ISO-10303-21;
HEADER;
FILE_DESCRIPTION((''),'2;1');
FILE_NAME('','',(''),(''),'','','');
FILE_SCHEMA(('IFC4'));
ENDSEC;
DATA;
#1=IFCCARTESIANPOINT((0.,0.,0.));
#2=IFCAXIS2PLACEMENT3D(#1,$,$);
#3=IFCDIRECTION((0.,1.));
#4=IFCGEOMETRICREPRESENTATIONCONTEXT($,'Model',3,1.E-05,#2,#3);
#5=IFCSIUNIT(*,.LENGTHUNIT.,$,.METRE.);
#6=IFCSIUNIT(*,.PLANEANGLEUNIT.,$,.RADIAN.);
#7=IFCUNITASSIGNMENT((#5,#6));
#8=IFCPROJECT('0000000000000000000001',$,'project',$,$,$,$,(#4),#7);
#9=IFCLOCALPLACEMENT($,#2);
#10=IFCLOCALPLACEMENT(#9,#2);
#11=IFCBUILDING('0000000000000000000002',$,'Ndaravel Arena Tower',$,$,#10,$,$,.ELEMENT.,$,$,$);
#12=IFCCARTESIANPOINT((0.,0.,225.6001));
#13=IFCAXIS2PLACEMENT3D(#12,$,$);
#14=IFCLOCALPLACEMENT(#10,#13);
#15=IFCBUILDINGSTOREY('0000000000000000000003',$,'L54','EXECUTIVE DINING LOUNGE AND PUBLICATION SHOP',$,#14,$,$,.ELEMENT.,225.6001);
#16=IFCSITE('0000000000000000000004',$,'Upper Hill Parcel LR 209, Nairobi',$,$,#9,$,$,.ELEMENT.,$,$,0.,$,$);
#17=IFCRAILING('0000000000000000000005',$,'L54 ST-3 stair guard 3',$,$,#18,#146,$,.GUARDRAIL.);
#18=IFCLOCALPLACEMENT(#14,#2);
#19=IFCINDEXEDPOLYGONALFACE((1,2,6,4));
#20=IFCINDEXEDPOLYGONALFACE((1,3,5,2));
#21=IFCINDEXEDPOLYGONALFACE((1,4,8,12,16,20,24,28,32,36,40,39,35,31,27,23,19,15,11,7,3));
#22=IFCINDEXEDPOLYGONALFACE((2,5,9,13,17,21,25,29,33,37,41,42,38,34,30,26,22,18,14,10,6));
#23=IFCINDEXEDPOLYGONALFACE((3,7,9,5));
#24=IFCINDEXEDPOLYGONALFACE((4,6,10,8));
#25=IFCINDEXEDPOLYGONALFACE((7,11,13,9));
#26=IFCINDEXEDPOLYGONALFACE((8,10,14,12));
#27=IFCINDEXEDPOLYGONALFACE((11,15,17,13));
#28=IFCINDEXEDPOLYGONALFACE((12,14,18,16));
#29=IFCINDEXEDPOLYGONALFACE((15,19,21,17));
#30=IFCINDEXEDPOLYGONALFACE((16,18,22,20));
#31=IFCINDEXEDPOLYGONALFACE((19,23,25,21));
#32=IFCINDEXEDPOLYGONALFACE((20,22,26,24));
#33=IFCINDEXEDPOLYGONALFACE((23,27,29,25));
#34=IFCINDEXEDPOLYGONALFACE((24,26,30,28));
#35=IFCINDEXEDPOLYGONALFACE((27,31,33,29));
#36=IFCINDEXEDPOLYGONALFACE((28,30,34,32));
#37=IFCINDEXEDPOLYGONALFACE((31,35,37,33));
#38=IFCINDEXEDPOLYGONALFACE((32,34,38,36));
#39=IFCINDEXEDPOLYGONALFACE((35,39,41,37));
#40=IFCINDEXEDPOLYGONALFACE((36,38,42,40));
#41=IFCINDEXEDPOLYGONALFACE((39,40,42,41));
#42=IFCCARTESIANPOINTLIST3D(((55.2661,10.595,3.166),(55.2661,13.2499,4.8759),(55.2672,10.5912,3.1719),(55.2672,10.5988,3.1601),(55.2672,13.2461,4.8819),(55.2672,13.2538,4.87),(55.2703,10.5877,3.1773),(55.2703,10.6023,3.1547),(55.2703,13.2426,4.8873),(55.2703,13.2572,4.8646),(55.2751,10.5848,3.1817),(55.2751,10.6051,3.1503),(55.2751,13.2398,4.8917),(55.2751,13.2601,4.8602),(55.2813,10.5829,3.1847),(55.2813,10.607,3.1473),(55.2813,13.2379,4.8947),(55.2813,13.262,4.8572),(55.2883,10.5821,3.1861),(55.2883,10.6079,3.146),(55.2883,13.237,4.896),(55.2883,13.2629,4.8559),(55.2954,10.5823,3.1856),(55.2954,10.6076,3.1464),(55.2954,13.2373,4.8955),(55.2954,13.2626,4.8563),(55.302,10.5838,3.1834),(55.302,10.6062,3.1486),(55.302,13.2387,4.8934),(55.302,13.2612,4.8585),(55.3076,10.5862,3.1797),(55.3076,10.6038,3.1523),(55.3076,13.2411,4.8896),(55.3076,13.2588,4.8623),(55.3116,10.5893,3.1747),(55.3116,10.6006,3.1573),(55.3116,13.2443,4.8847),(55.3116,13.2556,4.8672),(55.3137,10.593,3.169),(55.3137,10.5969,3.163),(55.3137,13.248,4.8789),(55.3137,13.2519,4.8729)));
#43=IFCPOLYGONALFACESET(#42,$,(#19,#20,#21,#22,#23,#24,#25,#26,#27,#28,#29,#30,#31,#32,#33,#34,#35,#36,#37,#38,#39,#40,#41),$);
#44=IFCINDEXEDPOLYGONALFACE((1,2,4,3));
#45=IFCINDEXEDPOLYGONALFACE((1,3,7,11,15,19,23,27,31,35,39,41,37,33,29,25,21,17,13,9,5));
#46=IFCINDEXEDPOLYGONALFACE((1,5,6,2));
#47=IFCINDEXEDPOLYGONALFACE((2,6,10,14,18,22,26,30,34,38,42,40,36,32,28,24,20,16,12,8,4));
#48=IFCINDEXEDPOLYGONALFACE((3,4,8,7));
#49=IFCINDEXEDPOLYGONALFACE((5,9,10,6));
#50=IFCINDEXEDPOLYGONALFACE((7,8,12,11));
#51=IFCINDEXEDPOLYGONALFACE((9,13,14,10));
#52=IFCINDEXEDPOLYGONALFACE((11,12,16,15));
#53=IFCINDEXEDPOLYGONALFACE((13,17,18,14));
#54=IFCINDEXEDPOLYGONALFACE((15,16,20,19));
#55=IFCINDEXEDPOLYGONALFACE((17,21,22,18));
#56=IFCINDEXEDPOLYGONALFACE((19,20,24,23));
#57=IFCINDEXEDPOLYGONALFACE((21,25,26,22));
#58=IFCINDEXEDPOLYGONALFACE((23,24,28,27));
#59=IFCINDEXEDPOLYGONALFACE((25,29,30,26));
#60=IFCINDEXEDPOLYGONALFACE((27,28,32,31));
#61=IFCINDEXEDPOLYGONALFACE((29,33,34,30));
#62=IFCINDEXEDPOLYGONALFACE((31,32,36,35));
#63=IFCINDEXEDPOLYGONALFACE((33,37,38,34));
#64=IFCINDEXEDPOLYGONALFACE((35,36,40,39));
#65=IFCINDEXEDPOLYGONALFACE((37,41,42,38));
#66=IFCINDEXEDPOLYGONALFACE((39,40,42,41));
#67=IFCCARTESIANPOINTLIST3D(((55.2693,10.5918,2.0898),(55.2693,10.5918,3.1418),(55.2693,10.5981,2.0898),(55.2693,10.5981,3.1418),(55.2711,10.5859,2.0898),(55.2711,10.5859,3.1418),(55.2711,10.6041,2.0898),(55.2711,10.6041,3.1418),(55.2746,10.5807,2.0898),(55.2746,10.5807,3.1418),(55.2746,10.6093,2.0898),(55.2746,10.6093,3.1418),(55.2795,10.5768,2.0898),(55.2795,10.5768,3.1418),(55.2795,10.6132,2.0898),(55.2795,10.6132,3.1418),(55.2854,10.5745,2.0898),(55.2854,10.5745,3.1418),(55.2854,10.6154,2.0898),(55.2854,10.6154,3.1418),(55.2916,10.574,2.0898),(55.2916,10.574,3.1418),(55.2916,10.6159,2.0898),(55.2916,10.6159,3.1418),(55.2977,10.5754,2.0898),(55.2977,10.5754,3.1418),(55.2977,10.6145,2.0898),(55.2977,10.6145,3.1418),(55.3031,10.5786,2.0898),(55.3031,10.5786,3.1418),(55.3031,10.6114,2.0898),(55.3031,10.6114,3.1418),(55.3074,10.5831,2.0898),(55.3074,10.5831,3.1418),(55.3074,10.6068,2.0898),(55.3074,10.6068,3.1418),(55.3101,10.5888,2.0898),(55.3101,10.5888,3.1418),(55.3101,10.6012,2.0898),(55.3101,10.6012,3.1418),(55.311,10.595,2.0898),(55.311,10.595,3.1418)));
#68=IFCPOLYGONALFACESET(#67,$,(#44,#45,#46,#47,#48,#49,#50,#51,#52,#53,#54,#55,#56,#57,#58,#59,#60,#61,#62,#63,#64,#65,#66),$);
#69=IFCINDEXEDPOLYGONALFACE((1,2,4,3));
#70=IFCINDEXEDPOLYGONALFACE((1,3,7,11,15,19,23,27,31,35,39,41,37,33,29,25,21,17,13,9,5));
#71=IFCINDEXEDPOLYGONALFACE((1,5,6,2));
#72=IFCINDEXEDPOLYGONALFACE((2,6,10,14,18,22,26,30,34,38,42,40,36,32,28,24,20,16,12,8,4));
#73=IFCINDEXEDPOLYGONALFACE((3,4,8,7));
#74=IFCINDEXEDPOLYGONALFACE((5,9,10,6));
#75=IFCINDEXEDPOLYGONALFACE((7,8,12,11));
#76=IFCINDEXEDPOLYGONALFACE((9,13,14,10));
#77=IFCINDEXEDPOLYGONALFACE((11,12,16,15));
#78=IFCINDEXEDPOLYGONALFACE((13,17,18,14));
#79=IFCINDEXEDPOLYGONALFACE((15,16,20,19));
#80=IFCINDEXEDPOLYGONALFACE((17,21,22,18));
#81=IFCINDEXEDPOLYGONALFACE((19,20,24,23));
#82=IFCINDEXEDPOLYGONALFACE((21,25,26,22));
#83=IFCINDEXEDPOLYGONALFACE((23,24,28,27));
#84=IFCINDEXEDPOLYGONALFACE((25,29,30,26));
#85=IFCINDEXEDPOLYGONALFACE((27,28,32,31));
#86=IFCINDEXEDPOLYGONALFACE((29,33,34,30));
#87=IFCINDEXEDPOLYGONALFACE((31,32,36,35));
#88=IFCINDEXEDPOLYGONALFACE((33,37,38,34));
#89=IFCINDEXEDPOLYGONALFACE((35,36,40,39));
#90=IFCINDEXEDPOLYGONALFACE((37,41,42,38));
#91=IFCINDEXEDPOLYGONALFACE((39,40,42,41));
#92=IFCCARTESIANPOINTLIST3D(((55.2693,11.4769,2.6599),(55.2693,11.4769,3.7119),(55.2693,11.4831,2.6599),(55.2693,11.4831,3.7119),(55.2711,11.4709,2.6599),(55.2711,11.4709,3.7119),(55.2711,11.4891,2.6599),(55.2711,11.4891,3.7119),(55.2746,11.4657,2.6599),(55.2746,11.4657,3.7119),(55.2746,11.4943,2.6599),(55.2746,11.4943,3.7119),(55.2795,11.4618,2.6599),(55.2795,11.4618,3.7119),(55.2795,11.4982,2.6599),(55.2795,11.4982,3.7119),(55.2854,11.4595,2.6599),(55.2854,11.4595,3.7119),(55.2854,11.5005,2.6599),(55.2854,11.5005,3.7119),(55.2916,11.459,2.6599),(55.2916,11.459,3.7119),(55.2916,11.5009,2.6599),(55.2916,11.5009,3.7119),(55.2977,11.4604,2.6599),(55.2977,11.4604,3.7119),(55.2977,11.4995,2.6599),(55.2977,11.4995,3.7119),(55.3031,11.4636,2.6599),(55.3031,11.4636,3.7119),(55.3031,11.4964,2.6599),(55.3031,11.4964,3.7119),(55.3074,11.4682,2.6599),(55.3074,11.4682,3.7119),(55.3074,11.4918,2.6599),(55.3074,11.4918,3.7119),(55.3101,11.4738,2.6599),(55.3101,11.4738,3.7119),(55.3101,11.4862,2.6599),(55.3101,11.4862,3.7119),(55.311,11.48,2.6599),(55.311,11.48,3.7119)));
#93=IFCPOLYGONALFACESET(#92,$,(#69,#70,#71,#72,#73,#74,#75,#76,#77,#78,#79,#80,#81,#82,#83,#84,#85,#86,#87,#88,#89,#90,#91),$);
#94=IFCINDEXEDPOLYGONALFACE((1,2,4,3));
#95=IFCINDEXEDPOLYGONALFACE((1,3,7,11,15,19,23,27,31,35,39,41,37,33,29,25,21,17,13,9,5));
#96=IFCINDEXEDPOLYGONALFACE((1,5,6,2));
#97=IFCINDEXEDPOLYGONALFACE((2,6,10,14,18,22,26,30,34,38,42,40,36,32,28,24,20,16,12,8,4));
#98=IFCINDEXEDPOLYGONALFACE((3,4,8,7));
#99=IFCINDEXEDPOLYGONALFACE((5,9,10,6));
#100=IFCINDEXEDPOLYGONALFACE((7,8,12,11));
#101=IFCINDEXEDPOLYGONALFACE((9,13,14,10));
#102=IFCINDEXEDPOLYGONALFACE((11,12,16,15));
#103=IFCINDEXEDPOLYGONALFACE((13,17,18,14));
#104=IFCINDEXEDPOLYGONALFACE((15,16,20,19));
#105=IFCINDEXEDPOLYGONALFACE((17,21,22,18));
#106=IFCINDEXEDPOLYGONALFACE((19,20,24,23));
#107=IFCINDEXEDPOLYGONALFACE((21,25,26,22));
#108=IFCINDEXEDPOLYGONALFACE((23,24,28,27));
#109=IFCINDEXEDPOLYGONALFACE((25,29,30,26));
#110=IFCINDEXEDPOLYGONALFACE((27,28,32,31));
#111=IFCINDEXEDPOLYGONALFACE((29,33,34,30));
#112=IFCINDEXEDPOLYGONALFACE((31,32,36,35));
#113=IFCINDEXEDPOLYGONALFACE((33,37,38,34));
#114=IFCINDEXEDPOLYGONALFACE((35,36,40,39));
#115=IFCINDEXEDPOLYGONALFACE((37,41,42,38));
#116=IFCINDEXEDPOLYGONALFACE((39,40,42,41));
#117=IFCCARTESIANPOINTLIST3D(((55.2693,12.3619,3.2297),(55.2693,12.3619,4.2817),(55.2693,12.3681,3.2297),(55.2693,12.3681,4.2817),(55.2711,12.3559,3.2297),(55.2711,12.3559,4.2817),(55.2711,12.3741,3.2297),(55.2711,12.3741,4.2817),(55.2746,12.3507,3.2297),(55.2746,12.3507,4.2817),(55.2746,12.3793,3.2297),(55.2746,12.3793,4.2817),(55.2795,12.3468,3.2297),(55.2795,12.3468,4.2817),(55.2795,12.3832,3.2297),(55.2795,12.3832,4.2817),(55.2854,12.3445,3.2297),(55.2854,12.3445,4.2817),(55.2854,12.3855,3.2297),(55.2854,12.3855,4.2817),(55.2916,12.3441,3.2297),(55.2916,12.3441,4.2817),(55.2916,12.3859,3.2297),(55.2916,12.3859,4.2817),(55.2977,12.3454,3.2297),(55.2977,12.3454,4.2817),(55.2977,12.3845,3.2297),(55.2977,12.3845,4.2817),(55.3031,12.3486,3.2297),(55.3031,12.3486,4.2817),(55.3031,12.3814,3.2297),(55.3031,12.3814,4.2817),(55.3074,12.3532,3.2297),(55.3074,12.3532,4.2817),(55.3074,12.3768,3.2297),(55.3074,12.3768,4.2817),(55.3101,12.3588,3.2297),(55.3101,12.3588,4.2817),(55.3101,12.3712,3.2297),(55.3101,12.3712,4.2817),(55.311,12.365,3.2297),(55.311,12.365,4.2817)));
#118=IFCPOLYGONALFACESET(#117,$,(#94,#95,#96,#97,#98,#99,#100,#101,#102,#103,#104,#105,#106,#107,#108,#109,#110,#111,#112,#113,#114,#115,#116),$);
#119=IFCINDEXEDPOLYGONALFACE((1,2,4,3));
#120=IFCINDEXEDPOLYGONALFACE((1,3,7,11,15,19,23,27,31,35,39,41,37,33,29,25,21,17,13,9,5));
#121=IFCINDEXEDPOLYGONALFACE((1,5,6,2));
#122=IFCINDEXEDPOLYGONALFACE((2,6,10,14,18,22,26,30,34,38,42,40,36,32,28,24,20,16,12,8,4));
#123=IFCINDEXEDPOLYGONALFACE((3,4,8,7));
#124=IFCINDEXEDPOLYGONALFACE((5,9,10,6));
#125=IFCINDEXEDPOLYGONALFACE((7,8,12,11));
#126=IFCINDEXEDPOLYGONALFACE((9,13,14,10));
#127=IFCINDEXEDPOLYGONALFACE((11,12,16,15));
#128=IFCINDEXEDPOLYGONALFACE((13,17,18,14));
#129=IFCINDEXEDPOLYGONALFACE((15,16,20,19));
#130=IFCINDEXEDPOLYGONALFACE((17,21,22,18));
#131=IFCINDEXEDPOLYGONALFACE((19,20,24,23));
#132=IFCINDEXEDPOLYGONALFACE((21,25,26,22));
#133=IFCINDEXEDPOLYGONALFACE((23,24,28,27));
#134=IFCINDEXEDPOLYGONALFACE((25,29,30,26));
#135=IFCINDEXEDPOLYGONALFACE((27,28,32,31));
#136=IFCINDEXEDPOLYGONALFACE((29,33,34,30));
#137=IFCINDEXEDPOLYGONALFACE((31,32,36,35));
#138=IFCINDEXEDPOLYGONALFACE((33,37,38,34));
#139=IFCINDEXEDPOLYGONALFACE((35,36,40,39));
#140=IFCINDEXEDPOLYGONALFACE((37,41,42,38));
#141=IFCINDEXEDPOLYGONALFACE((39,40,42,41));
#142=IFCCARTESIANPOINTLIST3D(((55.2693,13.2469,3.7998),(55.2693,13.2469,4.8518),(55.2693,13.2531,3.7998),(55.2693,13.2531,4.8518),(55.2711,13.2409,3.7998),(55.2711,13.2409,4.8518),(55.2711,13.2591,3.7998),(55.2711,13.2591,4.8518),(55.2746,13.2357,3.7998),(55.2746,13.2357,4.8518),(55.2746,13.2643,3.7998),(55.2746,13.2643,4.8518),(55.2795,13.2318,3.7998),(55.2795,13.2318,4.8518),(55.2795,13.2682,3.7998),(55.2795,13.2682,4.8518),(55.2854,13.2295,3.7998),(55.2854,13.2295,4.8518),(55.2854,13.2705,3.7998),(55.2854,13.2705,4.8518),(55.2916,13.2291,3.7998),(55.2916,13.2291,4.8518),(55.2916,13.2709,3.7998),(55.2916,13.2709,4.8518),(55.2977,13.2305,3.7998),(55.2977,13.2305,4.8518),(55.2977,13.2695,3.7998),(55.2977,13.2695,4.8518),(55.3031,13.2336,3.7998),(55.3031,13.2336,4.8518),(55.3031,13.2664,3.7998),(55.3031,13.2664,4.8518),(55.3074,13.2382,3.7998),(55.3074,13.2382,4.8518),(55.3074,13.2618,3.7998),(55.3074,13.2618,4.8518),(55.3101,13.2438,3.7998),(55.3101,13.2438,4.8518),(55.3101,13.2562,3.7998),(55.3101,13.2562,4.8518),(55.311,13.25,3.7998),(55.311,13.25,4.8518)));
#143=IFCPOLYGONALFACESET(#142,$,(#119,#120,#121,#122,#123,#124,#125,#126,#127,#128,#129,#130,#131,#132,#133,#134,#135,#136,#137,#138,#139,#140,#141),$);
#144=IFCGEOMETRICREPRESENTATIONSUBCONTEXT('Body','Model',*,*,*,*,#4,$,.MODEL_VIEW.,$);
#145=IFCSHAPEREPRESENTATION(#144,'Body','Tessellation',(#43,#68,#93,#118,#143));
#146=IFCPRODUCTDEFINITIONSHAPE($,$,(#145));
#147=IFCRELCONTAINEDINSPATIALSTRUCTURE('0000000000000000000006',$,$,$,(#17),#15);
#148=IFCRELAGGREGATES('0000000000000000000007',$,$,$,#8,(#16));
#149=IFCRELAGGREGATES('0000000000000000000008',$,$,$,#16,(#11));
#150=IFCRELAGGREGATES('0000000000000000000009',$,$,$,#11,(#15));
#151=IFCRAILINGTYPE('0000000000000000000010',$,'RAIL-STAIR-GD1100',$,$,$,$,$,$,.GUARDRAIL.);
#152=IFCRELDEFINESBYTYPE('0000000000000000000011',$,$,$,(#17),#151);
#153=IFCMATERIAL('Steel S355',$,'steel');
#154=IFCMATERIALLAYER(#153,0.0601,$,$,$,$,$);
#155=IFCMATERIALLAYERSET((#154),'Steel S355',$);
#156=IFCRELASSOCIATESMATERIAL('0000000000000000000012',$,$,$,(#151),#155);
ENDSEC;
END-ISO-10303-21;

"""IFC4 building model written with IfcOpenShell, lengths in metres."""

from ifc_helpers import new_model, si_unit, direction, frame, origin, origin_2d, place, context, subcontext, project, spatial, circle, extrude, material, layer, layer_set, type_object, element, save


model = new_model("IFC4")

# Units and contexts
model_context = context("Model", 3, precision=1e-05, world=origin(), true_north=direction((0.0, 1.0)))
body_context = subcontext(model_context, "Body", "Model", "MODEL_VIEW")
ifc_project = project(units=[si_unit("LENGTHUNIT", "METRE"), si_unit("PLANEANGLEUNIT", "RADIAN")], contexts=[model_context])

# Site, building, storey
site_placement = place(None, origin())
site = spatial("IfcSite", under=ifc_project, at=site_placement, Name="Upper Hill Parcel LR 209, Nairobi", CompositionType="ELEMENT", RefElevation=0.0)
building_placement = place(site_placement, origin())
building = spatial("IfcBuilding", under=site, at=building_placement, Name="Ndaravel Arena Tower", CompositionType="ELEMENT")
storey_placement = place(building_placement, frame((0.0, 0.0, 225.6001)))
storey = spatial("IfcBuildingStorey", under=building, at=storey_placement, Name="L54", Description="EXECUTIVE DINING LOUNGE AND PUBLICATION SHOP", CompositionType="ELEMENT", Elevation=225.6001)

# Railing
ifc_material_1 = material(Name="Steel S355", Category="steel")
ifc_layer_1 = layer(ifc_material_1, 0.0601)
ifc_layer_set_1 = layer_set([ifc_layer_1], Name="Steel S355")
railing_type = type_object("IfcRailingType", Name="RAIL-STAIR-GD1100", PredefinedType="GUARDRAIL", material=ifc_layer_set_1)
railing_placement = place(storey_placement, frame((55.29, 10.595, 2.0898)))
element("IfcRailing", 1, at=railing_placement, inside=storey, type_object=railing_type, Name="L54 ST-3 stair guard 3", PredefinedType="GUARDRAIL", context=body_context, shape_type="SweptSolid", body=[
    extrude(circle(Radius=0.0239, at=origin_2d()), frame((0.0, 0.0, 1.0762), z_axis=(0.0, 0.840724, 0.541465), x_axis=(-1.0, 0.0, 0.0)), (0.0, 0.0, 1.0), 3.158),
    extrude(circle(Radius=0.021, at=origin_2d()), origin(), (0.0, 0.0, 1.0), 1.052),
    extrude(circle(Radius=0.021, at=origin_2d()), frame((0.0, 0.885, 0.5701)), (0.0, 0.0, 1.0), 1.052),
    extrude(circle(Radius=0.021, at=origin_2d()), frame((0.0, 1.77, 1.1399)), (0.0, 0.0, 1.0), 1.052),
    extrude(circle(Radius=0.021, at=origin_2d()), frame((0.0, 2.655, 1.71)), (0.0, 0.0, 1.0), 1.052),
])

save(model, "model.ifc")
